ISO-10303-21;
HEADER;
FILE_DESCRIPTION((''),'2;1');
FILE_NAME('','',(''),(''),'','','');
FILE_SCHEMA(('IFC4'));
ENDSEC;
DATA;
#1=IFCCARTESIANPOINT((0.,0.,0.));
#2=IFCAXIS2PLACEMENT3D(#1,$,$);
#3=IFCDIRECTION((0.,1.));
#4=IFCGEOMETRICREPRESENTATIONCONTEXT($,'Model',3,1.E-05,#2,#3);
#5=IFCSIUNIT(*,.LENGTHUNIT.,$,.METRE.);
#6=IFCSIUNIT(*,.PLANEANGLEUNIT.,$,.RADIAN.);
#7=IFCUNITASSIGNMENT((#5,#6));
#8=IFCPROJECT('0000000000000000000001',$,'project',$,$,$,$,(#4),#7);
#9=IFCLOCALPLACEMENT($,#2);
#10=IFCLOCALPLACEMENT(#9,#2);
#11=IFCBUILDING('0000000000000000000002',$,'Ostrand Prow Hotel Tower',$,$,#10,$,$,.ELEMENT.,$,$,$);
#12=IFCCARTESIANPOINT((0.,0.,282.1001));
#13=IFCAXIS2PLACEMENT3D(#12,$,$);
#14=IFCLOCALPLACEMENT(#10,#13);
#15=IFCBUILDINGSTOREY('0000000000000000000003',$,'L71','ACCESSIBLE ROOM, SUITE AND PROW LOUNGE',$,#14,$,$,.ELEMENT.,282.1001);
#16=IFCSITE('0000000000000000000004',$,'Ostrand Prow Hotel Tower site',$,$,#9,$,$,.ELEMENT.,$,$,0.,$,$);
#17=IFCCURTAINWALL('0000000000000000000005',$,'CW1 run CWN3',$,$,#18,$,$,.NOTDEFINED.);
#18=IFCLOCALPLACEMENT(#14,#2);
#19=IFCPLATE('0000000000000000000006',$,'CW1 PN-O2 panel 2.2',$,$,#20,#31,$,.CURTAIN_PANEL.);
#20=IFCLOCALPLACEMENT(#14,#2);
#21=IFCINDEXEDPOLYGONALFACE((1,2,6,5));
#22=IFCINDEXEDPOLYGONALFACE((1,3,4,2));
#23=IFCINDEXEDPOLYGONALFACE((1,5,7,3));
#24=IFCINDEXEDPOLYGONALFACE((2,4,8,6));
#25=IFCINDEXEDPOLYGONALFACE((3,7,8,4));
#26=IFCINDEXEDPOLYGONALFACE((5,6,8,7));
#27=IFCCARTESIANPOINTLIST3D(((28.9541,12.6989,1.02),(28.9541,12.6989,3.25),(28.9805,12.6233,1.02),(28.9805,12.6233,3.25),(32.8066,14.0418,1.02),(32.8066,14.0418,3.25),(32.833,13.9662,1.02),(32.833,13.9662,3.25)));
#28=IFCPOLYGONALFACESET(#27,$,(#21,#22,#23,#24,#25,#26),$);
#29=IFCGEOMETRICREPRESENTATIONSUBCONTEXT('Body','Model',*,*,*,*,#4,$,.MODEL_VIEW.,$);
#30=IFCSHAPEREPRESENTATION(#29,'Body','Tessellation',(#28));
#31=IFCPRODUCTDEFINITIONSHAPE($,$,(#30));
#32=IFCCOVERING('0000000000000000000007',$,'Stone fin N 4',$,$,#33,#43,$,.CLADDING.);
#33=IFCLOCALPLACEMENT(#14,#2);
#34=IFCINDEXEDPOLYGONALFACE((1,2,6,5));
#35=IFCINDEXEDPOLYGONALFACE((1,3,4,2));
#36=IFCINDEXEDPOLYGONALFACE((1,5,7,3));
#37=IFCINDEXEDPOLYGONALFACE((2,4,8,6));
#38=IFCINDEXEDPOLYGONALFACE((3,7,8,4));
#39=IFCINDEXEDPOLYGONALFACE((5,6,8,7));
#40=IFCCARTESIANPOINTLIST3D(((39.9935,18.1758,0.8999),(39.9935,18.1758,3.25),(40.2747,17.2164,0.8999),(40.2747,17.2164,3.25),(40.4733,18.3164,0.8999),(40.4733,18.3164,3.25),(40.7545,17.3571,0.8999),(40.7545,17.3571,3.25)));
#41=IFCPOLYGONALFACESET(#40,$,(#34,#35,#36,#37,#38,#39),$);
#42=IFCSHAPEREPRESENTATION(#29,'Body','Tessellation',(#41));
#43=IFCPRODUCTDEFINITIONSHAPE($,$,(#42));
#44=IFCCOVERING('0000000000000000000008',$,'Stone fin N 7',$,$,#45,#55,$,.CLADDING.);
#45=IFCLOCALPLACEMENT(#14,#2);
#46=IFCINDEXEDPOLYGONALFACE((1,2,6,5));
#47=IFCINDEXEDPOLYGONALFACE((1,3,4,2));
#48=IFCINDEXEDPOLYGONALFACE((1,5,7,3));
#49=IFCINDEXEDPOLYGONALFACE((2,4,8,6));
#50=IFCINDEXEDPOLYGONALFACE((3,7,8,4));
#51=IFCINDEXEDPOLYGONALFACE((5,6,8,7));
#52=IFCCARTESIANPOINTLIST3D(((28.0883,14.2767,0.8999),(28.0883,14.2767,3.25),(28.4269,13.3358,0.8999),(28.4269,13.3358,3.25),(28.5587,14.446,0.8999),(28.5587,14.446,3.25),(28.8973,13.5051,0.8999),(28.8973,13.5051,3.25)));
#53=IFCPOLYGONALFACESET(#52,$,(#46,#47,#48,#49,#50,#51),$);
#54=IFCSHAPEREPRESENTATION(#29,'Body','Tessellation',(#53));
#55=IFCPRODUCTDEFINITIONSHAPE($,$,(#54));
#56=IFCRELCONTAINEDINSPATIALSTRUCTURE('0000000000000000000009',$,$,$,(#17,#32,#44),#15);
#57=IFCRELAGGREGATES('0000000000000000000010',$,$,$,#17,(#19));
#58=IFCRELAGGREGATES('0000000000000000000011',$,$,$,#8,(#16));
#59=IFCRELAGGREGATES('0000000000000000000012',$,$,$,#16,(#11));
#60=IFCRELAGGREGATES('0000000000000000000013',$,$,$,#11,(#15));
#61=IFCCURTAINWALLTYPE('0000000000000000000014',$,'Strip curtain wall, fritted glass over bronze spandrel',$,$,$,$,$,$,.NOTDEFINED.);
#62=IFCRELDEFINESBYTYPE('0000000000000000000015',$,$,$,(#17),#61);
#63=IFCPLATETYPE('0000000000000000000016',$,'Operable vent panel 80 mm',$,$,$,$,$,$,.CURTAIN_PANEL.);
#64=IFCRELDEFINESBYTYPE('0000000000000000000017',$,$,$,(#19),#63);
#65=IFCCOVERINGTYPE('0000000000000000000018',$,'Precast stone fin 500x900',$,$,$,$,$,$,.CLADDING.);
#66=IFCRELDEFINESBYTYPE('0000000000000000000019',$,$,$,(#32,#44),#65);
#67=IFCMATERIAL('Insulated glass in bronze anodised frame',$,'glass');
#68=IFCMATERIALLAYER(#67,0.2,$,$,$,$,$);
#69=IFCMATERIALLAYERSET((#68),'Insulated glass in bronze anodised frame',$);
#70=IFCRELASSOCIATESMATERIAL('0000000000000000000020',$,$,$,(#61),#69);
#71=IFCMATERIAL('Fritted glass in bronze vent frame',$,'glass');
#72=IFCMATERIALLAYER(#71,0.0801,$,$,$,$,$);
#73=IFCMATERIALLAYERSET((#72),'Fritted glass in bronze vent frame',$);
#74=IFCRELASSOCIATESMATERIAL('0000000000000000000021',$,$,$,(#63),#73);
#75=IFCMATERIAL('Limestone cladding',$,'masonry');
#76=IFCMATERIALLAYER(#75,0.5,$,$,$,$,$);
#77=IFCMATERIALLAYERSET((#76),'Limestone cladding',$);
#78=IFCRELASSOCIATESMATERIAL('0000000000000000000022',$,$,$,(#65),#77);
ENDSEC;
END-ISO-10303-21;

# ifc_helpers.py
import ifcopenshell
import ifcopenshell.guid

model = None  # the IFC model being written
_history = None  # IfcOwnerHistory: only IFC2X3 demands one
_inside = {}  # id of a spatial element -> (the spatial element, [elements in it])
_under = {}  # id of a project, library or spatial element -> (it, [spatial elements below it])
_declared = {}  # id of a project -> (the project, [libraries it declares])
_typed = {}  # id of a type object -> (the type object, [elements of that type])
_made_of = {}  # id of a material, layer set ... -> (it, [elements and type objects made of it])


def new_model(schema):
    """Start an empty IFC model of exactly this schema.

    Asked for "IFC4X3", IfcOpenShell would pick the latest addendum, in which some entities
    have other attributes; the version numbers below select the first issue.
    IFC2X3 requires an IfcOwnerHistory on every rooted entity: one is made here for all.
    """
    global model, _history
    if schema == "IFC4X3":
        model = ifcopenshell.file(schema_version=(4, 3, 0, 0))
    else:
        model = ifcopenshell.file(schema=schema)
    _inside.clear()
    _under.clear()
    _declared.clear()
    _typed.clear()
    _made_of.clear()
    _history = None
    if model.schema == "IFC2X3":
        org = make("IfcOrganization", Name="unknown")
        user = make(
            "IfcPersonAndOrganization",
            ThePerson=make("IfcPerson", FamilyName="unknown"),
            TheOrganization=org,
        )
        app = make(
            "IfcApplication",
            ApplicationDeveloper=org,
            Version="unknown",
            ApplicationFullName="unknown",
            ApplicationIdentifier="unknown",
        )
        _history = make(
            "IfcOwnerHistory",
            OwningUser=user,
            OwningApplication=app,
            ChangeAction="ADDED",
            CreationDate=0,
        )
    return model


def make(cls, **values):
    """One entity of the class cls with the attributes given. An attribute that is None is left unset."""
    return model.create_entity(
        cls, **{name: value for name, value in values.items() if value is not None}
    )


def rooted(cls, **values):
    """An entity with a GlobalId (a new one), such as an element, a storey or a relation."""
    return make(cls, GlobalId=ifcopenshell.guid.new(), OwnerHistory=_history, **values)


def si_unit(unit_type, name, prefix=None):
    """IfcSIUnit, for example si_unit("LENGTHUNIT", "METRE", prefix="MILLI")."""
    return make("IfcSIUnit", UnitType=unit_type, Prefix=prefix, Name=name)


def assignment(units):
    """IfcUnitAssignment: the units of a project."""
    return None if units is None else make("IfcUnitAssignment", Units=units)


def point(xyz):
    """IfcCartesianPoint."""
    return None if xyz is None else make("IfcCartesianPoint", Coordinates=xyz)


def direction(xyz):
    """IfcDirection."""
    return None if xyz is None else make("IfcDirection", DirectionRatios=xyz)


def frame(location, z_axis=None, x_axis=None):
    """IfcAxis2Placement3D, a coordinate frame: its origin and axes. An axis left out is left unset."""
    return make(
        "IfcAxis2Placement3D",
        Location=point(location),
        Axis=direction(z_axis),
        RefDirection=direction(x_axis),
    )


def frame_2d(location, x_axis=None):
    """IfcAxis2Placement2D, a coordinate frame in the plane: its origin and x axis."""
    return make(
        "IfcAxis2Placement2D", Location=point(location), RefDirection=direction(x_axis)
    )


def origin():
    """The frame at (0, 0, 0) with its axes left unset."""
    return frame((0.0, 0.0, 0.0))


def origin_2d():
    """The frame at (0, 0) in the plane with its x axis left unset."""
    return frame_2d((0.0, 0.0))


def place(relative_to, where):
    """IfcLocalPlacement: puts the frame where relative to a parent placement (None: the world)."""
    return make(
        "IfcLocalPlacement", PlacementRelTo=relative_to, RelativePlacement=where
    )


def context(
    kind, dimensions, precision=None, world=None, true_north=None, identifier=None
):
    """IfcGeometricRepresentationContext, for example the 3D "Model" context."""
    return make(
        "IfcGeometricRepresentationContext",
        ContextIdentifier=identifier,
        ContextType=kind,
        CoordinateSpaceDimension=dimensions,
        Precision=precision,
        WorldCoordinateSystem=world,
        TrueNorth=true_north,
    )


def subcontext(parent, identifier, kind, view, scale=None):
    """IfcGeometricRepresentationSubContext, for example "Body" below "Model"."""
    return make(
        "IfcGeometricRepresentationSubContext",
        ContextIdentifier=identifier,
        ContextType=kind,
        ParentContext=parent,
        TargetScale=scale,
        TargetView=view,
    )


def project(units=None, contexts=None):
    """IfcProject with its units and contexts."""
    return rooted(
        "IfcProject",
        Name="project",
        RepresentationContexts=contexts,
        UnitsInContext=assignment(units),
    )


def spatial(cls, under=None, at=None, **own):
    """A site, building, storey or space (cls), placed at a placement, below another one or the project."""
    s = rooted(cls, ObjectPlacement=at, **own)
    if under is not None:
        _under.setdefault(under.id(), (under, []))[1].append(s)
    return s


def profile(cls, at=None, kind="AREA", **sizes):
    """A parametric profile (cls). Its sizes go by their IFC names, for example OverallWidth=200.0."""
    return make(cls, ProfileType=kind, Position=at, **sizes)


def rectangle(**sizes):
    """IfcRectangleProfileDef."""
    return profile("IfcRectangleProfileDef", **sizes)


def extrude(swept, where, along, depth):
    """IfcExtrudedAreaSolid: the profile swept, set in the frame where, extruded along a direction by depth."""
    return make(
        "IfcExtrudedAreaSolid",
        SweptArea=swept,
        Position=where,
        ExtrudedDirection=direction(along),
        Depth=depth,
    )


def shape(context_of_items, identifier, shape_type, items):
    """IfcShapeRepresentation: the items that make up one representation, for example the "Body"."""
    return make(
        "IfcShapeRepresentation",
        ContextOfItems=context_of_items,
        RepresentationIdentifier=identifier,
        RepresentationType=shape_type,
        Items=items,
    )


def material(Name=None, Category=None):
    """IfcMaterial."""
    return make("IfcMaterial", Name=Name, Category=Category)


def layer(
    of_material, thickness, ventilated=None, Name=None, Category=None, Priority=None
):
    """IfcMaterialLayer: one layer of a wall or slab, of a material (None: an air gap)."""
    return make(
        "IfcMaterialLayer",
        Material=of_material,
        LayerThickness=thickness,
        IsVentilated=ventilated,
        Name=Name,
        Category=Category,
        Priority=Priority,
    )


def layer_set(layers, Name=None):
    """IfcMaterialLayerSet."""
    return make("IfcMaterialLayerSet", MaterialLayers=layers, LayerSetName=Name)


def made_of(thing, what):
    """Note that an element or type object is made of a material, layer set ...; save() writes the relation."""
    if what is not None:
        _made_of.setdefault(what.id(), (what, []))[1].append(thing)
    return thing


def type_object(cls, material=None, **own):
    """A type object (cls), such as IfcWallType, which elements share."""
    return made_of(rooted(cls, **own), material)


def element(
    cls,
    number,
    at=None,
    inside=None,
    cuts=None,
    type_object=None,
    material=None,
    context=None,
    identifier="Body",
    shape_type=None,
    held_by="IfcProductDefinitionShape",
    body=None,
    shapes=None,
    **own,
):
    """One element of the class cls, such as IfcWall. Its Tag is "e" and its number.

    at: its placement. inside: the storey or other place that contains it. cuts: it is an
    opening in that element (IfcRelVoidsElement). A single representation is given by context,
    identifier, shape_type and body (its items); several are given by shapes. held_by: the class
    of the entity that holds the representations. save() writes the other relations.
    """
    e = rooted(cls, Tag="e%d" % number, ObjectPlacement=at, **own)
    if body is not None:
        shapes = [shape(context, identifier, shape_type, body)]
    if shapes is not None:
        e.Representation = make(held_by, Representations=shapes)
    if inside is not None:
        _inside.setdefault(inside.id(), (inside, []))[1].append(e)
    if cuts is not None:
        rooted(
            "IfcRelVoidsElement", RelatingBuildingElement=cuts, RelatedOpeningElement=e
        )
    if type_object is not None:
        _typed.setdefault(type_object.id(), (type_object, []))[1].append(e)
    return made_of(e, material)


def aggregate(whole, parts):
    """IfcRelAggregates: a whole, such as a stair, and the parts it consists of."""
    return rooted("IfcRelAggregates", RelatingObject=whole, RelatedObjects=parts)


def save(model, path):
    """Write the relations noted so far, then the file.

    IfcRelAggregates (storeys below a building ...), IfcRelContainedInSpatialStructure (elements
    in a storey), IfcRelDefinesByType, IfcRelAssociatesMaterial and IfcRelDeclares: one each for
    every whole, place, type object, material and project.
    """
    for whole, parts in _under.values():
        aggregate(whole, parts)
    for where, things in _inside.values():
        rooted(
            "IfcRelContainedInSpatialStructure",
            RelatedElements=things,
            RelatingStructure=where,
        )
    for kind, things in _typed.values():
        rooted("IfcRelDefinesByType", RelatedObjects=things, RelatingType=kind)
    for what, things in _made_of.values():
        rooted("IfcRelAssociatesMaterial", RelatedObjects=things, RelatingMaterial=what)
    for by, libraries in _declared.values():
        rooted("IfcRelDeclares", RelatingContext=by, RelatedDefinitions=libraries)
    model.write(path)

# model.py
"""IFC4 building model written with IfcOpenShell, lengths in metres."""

from ifc_helpers import new_model, si_unit, direction, frame, frame_2d, origin, origin_2d, place, context, subcontext, project, spatial, rectangle, extrude, material, layer, layer_set, type_object, element, aggregate, save


model = new_model("IFC4")

# Units and contexts
model_context = context("Model", 3, precision=1e-05, world=origin(), true_north=direction((0.0, 1.0)))
body_context = subcontext(model_context, "Body", "Model", "MODEL_VIEW")
ifc_project = project(units=[si_unit("LENGTHUNIT", "METRE"), si_unit("PLANEANGLEUNIT", "RADIAN")], contexts=[model_context])

# Site, building, storey
site_placement = place(None, origin())
site = spatial("IfcSite", under=ifc_project, at=site_placement, Name="Ostrand Prow Hotel Tower site", CompositionType="ELEMENT", RefElevation=0.0)
building_placement = place(site_placement, origin())
building = spatial("IfcBuilding", under=site, at=building_placement, Name="Ostrand Prow Hotel Tower", CompositionType="ELEMENT")
storey_placement = place(building_placement, frame((0.0, 0.0, 282.1001)))
storey = spatial("IfcBuildingStorey", under=building, at=storey_placement, Name="L71", Description="ACCESSIBLE ROOM, SUITE AND PROW LOUNGE", CompositionType="ELEMENT", Elevation=282.1001)

# Curtain wall
ifc_material_1 = material(Name="Insulated glass in bronze anodised frame", Category="glass")
ifc_layer_1 = layer(ifc_material_1, 0.2)
ifc_layer_set_1 = layer_set([ifc_layer_1], Name="Insulated glass in bronze anodised frame")
curtain_wall_type = type_object("IfcCurtainWallType", Name="Strip curtain wall, fritted glass over bronze spandrel", PredefinedType="NOTDEFINED", material=ifc_layer_set_1)
curtain_wall_1_placement = place(storey_placement, origin())
curtain_wall_1 = element("IfcCurtainWall", 1, at=curtain_wall_1_placement, inside=storey, type_object=curtain_wall_type, Name="CW1 run CWN3", PredefinedType="NOTDEFINED")

# Plate
ifc_material_2 = material(Name="Fritted glass in bronze vent frame", Category="glass")
ifc_layer_2 = layer(ifc_material_2, 0.0801)
ifc_layer_set_2 = layer_set([ifc_layer_2], Name="Fritted glass in bronze vent frame")
plate_type_1 = type_object("IfcPlateType", Name="Operable vent panel 80 mm", PredefinedType="CURTAIN_PANEL", material=ifc_layer_set_2)
plate_1_placement = place(storey_placement, frame((30.8936, 13.3325, 1.02), z_axis=(0.0, 0.0, 1.0), x_axis=(-0.944275, -0.329158, 0.0)))
plate_1 = element("IfcPlate", 2, at=plate_1_placement, type_object=plate_type_1, Name="CW1 PN-O2 panel 2.2", PredefinedType="CURTAIN_PANEL", context=body_context, shape_type="SweptSolid", body=[
    extrude(rectangle(XDim=4.0798, YDim=0.0801, at=origin_2d()), origin(), (0.0, 0.0, 1.0), 2.23),
])
aggregate(curtain_wall_1, [plate_1])

# Coverings
ifc_material_3 = material(Name="Limestone cladding", Category="masonry")
ifc_layer_3 = layer(ifc_material_3, 0.5)
ifc_layer_set_3 = layer_set([ifc_layer_3], Name="Limestone cladding")
covering_type = type_object("IfcCoveringType", Name="Precast stone fin 500x900", PredefinedType="CLADDING", material=ifc_layer_set_3)
covering_1_placement = place(storey_placement, frame((40.5146, 17.2866, 0.8999), z_axis=(0.0, 0.0, 1.0), x_axis=(-0.281294, 0.959622, 0.0)))
element("IfcCovering", 3, at=covering_1_placement, inside=storey, type_object=covering_type, Name="Stone fin N 4", PredefinedType="CLADDING", context=body_context, shape_type="SweptSolid", body=[
    extrude(rectangle(XDim=0.9998, YDim=0.5, at=frame_2d((0.5, 0.0))), origin(), (0.0, 0.0, 1.0), 2.3501),
])
covering_2_placement = place(storey_placement, frame((28.6621, 13.4204, 0.8999), z_axis=(0.0, 0.0, 1.0), x_axis=(-0.338624, 0.940922, 0.0)))
element("IfcCovering", 4, at=covering_2_placement, inside=storey, type_object=covering_type, Name="Stone fin N 7", PredefinedType="CLADDING", context=body_context, shape_type="SweptSolid", body=[
    extrude(rectangle(XDim=1.0, YDim=0.5, at=frame_2d((0.5, 0.0))), origin(), (0.0, 0.0, 1.0), 2.3501),
])

save(model, "model.ifc")
